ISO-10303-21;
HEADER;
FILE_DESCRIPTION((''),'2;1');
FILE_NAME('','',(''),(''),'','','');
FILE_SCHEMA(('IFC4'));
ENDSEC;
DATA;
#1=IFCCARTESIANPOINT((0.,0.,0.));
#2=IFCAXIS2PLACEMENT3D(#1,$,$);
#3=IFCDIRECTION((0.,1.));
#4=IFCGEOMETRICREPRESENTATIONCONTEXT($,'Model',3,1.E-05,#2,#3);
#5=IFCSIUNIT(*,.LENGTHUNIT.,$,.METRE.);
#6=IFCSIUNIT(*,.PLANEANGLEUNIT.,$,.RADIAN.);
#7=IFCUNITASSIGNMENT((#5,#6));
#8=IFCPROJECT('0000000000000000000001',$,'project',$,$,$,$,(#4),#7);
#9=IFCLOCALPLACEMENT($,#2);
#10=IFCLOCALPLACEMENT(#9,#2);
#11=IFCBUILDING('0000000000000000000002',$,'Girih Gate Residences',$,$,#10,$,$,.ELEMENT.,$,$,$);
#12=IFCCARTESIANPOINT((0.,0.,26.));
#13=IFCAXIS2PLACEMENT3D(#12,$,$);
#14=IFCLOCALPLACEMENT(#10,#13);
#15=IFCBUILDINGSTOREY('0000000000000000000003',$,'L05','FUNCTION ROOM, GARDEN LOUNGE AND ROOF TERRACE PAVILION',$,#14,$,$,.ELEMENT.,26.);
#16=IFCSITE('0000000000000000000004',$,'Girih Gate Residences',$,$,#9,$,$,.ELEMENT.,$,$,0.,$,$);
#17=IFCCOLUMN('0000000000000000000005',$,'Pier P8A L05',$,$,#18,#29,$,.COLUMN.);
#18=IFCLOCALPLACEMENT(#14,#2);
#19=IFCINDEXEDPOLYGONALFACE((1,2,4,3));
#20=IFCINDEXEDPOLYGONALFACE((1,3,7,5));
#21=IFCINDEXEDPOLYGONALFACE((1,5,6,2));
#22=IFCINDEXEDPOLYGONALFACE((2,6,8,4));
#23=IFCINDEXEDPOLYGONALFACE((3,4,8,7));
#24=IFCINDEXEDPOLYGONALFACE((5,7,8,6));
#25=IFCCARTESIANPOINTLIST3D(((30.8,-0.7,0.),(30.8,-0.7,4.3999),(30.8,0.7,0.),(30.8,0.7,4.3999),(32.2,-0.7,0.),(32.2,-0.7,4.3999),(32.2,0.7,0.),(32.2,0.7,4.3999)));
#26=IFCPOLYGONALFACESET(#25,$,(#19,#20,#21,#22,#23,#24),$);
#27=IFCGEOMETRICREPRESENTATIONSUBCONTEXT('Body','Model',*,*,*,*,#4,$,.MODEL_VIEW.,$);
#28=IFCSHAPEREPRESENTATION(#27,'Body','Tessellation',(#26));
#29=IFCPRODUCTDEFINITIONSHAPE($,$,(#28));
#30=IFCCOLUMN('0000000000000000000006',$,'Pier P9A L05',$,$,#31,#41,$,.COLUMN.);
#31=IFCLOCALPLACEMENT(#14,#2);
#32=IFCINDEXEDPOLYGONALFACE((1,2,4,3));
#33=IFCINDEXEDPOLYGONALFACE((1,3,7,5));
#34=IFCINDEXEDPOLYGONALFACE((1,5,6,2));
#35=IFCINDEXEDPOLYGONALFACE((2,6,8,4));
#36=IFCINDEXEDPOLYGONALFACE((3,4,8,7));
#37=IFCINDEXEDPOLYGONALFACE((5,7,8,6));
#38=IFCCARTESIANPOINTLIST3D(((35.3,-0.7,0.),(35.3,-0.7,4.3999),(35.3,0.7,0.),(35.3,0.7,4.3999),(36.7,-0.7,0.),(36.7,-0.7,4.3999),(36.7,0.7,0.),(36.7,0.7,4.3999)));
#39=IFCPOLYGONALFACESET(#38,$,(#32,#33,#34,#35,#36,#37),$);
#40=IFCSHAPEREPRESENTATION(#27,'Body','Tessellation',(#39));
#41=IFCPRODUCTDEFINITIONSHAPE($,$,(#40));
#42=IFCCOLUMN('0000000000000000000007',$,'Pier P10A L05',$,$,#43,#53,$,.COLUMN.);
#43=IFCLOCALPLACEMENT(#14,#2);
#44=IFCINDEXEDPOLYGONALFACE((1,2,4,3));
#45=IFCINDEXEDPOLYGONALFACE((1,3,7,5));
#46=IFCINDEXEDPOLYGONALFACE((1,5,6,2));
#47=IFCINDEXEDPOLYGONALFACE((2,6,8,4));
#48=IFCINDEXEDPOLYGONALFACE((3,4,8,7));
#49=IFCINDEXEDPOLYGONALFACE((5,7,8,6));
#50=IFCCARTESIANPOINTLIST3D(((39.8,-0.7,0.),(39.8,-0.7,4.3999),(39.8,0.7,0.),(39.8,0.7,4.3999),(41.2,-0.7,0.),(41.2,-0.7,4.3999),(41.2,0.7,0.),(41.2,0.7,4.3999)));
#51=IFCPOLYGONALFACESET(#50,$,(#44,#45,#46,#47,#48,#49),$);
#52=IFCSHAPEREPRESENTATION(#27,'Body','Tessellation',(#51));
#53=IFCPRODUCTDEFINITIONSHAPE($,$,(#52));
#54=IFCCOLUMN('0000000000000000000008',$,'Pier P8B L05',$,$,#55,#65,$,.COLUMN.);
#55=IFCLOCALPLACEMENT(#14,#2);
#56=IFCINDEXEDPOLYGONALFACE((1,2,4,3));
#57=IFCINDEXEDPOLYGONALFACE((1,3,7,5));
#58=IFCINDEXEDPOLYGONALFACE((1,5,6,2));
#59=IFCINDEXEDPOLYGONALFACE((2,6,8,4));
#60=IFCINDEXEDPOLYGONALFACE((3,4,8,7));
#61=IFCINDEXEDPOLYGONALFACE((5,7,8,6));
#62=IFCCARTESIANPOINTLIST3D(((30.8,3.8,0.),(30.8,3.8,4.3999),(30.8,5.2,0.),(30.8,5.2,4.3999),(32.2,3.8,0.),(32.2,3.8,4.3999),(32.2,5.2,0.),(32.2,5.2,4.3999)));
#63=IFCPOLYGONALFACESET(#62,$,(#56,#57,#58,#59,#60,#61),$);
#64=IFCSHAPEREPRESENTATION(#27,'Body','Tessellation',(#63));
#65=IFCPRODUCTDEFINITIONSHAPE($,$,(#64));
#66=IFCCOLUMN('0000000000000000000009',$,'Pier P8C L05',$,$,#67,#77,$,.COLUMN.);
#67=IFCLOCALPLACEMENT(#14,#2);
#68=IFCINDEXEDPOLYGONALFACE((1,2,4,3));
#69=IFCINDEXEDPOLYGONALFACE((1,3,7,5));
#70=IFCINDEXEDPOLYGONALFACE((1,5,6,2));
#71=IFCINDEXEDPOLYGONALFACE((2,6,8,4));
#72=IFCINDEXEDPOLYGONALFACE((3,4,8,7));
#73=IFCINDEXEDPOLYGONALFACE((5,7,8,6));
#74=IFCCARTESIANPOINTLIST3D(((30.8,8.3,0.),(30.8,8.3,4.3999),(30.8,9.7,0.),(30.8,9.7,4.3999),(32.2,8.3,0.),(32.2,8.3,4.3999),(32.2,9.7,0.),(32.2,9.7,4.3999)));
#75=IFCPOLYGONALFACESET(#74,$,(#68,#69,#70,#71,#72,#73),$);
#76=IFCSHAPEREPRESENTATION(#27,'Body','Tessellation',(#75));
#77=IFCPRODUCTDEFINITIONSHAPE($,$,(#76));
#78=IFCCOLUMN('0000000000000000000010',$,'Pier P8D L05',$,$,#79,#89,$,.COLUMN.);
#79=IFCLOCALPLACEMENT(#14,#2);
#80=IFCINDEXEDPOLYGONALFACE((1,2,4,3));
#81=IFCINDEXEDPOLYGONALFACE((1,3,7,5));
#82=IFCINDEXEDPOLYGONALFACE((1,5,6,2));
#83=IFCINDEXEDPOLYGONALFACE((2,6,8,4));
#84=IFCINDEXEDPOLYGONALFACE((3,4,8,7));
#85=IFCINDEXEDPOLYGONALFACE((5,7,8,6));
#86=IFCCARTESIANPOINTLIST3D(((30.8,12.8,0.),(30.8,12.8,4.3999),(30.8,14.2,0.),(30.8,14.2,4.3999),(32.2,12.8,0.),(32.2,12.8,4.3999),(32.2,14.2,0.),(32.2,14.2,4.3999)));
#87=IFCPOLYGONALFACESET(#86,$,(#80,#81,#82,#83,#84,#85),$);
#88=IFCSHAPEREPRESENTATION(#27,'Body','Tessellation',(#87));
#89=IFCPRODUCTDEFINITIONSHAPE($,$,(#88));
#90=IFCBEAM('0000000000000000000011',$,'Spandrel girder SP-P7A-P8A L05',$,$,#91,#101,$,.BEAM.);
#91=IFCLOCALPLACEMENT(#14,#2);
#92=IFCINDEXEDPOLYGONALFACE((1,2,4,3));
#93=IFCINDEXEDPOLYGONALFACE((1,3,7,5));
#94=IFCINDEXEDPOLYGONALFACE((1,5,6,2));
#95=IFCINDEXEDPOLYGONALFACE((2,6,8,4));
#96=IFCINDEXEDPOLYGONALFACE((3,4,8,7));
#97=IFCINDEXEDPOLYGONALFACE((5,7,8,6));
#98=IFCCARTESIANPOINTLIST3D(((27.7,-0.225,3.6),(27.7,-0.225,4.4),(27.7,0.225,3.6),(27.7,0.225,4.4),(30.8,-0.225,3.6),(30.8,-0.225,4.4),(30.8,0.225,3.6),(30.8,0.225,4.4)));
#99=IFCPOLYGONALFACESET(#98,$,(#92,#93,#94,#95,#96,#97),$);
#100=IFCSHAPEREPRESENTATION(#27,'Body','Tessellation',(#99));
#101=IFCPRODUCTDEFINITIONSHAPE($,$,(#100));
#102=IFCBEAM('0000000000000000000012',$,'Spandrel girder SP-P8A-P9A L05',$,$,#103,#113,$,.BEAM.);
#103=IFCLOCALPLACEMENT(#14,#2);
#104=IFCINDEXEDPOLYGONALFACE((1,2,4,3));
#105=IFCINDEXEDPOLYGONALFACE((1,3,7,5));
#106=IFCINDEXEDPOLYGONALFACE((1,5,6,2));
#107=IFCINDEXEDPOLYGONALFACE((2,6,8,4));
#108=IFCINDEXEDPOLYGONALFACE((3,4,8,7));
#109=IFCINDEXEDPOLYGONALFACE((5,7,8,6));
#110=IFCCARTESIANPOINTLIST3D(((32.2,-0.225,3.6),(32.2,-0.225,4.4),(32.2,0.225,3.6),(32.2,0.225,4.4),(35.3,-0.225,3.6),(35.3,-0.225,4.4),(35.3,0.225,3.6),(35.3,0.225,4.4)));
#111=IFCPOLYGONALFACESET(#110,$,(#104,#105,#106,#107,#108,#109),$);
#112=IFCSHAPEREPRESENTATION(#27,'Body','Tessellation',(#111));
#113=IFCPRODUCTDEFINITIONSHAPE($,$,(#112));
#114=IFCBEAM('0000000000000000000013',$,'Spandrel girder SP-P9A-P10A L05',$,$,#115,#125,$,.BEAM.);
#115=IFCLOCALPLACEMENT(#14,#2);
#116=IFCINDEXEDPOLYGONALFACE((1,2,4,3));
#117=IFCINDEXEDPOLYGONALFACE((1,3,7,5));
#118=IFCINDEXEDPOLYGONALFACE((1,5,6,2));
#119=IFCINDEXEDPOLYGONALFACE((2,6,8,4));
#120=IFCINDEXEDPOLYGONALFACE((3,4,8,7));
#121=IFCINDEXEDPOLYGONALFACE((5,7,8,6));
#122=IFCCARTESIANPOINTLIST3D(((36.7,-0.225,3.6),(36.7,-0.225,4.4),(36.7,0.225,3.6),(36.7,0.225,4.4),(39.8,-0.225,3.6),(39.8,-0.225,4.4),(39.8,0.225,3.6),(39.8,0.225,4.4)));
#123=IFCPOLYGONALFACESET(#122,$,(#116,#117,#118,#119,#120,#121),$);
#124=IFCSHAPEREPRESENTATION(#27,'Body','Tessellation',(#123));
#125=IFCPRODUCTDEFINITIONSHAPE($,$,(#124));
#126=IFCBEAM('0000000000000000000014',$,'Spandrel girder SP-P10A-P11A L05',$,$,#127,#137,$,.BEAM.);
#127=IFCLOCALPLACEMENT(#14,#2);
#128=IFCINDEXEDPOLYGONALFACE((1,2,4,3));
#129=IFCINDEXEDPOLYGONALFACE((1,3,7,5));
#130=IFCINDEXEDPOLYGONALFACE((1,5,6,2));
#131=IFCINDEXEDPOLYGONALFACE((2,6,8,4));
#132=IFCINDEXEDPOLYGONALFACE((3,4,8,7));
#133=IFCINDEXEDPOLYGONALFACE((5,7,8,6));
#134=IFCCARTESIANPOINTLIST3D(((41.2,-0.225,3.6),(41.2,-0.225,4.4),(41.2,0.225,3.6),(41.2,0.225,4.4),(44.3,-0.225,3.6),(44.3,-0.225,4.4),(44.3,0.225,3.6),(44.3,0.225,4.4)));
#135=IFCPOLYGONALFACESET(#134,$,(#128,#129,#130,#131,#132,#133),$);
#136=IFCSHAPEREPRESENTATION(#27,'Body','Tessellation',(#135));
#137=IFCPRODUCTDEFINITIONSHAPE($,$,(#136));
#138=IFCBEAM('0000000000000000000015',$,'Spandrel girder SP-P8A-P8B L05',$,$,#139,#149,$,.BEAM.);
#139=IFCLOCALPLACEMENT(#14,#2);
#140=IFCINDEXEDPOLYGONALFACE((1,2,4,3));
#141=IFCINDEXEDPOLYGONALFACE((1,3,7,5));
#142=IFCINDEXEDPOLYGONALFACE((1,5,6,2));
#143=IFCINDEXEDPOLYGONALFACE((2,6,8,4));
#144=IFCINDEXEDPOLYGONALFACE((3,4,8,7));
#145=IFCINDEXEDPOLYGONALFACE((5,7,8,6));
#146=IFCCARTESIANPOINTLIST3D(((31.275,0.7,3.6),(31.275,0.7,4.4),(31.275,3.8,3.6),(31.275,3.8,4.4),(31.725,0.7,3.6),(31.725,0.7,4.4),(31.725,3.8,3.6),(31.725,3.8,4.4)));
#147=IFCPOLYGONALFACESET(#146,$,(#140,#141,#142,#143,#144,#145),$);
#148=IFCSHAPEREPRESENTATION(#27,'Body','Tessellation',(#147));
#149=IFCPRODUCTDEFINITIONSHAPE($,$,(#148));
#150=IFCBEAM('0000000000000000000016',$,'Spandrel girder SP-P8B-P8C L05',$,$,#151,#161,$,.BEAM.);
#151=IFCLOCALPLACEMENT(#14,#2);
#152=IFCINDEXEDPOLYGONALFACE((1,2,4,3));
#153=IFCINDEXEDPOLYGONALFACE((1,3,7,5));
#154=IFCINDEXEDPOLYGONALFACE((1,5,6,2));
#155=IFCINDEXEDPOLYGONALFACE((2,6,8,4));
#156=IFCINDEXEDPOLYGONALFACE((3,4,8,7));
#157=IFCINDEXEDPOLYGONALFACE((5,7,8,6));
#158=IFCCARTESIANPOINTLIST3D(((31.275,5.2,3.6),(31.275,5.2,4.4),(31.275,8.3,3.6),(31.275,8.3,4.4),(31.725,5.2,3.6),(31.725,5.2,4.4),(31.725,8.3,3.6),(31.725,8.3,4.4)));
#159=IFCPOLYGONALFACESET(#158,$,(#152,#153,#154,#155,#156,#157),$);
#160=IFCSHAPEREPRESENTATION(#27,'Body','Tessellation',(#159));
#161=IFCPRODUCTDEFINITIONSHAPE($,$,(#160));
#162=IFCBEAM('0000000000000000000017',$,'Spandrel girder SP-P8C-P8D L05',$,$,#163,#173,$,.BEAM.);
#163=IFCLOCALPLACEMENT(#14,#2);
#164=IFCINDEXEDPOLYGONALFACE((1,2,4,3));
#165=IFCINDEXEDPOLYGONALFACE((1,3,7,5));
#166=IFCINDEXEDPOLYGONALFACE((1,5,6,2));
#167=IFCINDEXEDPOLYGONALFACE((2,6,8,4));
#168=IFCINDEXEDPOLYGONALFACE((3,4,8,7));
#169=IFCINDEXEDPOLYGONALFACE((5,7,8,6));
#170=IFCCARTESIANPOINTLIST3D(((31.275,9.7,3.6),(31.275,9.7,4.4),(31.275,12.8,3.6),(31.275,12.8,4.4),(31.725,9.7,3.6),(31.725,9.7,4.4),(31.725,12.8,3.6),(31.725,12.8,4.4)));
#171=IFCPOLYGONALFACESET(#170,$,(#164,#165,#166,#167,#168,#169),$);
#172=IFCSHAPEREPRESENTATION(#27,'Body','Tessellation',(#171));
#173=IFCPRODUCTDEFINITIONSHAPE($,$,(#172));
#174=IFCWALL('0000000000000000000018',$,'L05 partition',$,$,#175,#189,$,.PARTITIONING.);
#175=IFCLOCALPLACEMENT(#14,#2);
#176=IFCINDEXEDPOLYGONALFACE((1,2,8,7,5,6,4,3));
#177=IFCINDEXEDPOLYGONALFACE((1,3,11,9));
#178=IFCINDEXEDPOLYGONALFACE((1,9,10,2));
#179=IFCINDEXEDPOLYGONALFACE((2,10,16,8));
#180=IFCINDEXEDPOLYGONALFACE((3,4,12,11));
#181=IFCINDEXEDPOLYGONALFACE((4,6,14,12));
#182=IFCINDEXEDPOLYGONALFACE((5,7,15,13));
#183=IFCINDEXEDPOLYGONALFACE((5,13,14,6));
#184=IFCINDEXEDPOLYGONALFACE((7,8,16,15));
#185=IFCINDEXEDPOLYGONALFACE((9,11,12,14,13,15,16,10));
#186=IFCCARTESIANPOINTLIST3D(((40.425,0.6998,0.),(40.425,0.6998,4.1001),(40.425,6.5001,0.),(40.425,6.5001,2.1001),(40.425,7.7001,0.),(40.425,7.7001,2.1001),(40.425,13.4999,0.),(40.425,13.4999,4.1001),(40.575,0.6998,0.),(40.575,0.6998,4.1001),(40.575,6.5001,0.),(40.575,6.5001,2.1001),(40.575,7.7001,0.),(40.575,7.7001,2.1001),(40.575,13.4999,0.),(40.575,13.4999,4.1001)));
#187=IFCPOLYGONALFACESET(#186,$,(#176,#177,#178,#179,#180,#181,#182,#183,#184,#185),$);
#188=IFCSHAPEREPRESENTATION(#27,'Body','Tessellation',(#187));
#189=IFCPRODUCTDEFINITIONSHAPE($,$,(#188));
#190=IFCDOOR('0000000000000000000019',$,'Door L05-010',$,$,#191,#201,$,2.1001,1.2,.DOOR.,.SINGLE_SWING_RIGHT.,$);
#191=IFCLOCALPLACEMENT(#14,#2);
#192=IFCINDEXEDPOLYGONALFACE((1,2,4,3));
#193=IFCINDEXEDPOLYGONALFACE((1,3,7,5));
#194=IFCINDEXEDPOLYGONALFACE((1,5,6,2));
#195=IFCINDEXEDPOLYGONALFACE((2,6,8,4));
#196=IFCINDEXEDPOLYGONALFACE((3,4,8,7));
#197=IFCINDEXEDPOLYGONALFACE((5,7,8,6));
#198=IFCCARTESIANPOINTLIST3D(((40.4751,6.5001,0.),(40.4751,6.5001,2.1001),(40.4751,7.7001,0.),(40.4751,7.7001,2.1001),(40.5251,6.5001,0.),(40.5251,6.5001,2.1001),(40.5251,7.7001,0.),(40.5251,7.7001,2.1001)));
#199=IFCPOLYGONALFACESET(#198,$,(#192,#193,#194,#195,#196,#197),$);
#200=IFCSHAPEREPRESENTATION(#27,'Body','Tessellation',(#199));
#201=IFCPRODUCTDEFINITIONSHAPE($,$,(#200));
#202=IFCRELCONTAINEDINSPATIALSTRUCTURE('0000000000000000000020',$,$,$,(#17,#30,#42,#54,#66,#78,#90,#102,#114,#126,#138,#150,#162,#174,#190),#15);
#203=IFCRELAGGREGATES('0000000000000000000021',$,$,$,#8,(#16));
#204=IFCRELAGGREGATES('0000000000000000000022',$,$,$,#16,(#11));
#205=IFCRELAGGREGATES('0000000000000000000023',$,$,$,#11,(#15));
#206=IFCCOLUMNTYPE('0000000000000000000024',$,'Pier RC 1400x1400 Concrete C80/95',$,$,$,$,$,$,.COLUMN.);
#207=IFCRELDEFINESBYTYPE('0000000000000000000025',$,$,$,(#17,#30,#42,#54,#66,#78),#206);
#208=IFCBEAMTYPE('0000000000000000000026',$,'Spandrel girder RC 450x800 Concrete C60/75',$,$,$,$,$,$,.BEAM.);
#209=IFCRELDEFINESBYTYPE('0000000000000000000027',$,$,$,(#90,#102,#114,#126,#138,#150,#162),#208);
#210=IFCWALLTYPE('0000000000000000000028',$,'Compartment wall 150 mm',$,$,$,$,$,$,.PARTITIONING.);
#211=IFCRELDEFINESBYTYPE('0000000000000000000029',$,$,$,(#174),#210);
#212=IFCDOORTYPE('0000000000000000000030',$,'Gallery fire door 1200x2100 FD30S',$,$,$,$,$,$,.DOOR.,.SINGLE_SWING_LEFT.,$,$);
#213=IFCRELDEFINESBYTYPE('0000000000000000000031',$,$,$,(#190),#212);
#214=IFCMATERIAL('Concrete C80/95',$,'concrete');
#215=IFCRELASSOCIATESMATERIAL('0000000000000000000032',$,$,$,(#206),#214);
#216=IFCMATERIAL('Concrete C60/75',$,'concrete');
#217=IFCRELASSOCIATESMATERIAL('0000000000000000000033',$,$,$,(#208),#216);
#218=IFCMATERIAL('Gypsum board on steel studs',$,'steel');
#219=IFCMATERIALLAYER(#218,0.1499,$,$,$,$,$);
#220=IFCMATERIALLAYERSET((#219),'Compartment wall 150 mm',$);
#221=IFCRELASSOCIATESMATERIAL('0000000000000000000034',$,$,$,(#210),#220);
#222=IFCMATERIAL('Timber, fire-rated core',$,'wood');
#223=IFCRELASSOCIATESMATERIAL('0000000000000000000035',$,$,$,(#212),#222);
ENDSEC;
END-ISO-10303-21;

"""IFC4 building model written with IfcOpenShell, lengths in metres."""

from ifc_helpers import new_model, si_unit, direction, frame, frame_2d, origin, origin_2d, place, context, subcontext, project, spatial, rectangle, extrude, material, layer, layer_set, material_profile, profile_set, type_object, element, fill, save


model = new_model("IFC4")

# Units and contexts
model_context = context("Model", 3, precision=1e-05, world=origin(), true_north=direction((0.0, 1.0)))
body_context = subcontext(model_context, "Body", "Model", "MODEL_VIEW")
ifc_project = project(units=[si_unit("LENGTHUNIT", "METRE"), si_unit("PLANEANGLEUNIT", "RADIAN")], contexts=[model_context])

# Site, building, storey
site_placement = place(None, origin())
site = spatial("IfcSite", under=ifc_project, at=site_placement, Name="Girih Gate Residences", CompositionType="ELEMENT", RefElevation=0.0)
building_placement = place(site_placement, origin())
building = spatial("IfcBuilding", under=site, at=building_placement, Name="Girih Gate Residences", CompositionType="ELEMENT")
storey_placement = place(building_placement, frame((0.0, 0.0, 26.0)))
storey = spatial("IfcBuildingStorey", under=building, at=storey_placement, Name="L05", Description="FUNCTION ROOM, GARDEN LOUNGE AND ROOF TERRACE PAVILION", CompositionType="ELEMENT", Elevation=26.0)

# Columns
ifc_material_1 = material(Name="Concrete C80/95", Category="concrete")
ifc_material_profile_1 = material_profile(ifc_material_1, rectangle(XDim=1.3999, YDim=1.3999, at=origin_2d()))
ifc_profile_set_1 = profile_set([ifc_material_profile_1], Name="Concrete C80/95")
column_type = type_object("IfcColumnType", Name="Pier RC 1400x1400 Concrete C80/95", PredefinedType="COLUMN", material=ifc_profile_set_1)
for number, where, z_axis, x_axis, name in (
    (1, (31.5, 0.0, 0.0), (0.0, 0.0, 1.0), (1.0, 0.0, 0.0), "Pier P8A L05"),
    (2, (36.0, 0.0, 0.0), (0.0, 0.0, 1.0), (1.0, 0.0, 0.0), "Pier P9A L05"),
    (3, (40.5, 0.0, 0.0), (0.0, 0.0, 1.0), (1.0, 0.0, 0.0), "Pier P10A L05"),
    (4, (31.5, 4.5, 0.0), (0.0, 0.0, 1.0), (1.0, 0.0, 0.0), "Pier P8B L05"),
    (5, (31.5, 9.0, 0.0), (0.0, 0.0, 1.0), (1.0, 0.0, 0.0), "Pier P8C L05"),
    (6, (31.5, 13.5, 0.0), (0.0, 0.0, 1.0), (1.0, 0.0, 0.0), "Pier P8D L05"),
):
    element("IfcColumn", number, at=place(storey_placement, frame(where, z_axis=z_axis, x_axis=x_axis)), inside=storey, type_object=column_type, Name=name, PredefinedType="COLUMN", context=body_context, shape_type="SweptSolid", body=[
        extrude(rectangle(XDim=1.3999, YDim=1.3999, at=origin_2d()), origin(), (0.0, 0.0, 1.0), 4.3999),
    ])

# Beams
ifc_material_2 = material(Name="Concrete C60/75", Category="concrete")
ifc_material_profile_2 = material_profile(ifc_material_2, rectangle(XDim=0.45, YDim=0.8, at=origin_2d()))
ifc_profile_set_2 = profile_set([ifc_material_profile_2], Name="Concrete C60/75")
beam_type = type_object("IfcBeamType", Name="Spandrel girder RC 450x800 Concrete C60/75", PredefinedType="BEAM", material=ifc_profile_set_2)
for number, where, z_axis, x_axis, name in (
    (7, (27.7, 0.0, 4.0), (1.0, 0.0, 0.0), (0.0, 1.0, 0.0), "Spandrel girder SP-P7A-P8A L05"),
    (8, (32.2, 0.0, 4.0), (1.0, 0.0, 0.0), (0.0, 1.0, 0.0), "Spandrel girder SP-P8A-P9A L05"),
    (9, (36.7, 0.0, 4.0), (1.0, 0.0, 0.0), (0.0, 1.0, 0.0), "Spandrel girder SP-P9A-P10A L05"),
    (10, (41.2, 0.0, 4.0), (1.0, 0.0, 0.0), (0.0, 1.0, 0.0), "Spandrel girder SP-P10A-P11A L05"),
    (11, (31.5, 0.7, 4.0), (0.0, 1.0, 0.0), (-1.0, 0.0, 0.0), "Spandrel girder SP-P8A-P8B L05"),
    (12, (31.5, 5.2, 4.0), (0.0, 1.0, 0.0), (-1.0, 0.0, 0.0), "Spandrel girder SP-P8B-P8C L05"),
    (13, (31.5, 9.7, 4.0), (0.0, 1.0, 0.0), (-1.0, 0.0, 0.0), "Spandrel girder SP-P8C-P8D L05"),
):
    element("IfcBeam", number, at=place(storey_placement, frame(where, z_axis=z_axis, x_axis=x_axis)), inside=storey, type_object=beam_type, Name=name, PredefinedType="BEAM", context=body_context, shape_type="SweptSolid", body=[
        extrude(rectangle(XDim=0.45, YDim=0.8, at=origin_2d()), origin(), (0.0, 0.0, 1.0), 3.1001),
    ])

# Wall, opening, door
ifc_material_3 = material(Name="Gypsum board on steel studs", Category="steel")
ifc_layer_1 = layer(ifc_material_3, 0.1499)
ifc_layer_set_1 = layer_set([ifc_layer_1], Name="Compartment wall 150 mm")
wall_type_1 = type_object("IfcWallType", Name="Compartment wall 150 mm", PredefinedType="PARTITIONING", material=ifc_layer_set_1)
wall_1_placement = place(storey_placement, frame((40.5, 0.7, 0.0), z_axis=(0.0, 0.0, 1.0), x_axis=(0.0, 1.0, 0.0)))
wall_1 = element("IfcWall", 14, at=wall_1_placement, inside=storey, type_object=wall_type_1, Name="L05 partition", PredefinedType="PARTITIONING", context=body_context, shape_type="SweptSolid", body=[
    extrude(rectangle(XDim=12.8, YDim=0.1499, at=frame_2d((6.3999, 0.0))), origin(), (0.0, 0.0, 1.0), 4.1001),
])
opening_1_placement = place(wall_1_placement, frame((5.8, 0.0, 0.0)))
opening_1 = element("IfcOpeningElement", 15, at=opening_1_placement, cuts=wall_1, PredefinedType="OPENING", context=body_context, shape_type="SweptSolid", body=[
    extrude(rectangle(XDim=1.2, YDim=2.1001, at=frame_2d((0.6001, 1.05))), frame((0.0, 0.085, 0.0), z_axis=(0.0, -1.0, 0.0), x_axis=(1.0, 0.0, 0.0)), (0.0, 0.0, 1.0), 0.1699),
])
ifc_material_4 = material(Name="Timber, fire-rated core", Category="wood")
door_type_1 = type_object("IfcDoorType", Name="Gallery fire door 1200x2100 FD30S", OperationType="SINGLE_SWING_LEFT", PredefinedType="DOOR", material=ifc_material_4)
door_1_placement = place(opening_1_placement, origin())
door_1 = element("IfcDoor", 16, at=door_1_placement, inside=storey, type_object=door_type_1, Name="Door L05-010", OperationType="SINGLE_SWING_RIGHT", OverallHeight=2.1001, OverallWidth=1.2, PredefinedType="DOOR", context=body_context, shape_type="SweptSolid", body=[
    extrude(rectangle(XDim=1.2, YDim=2.1001, at=frame_2d((0.6001, 1.05))), frame((0.0, 0.0249, 0.0), z_axis=(0.0, -1.0, 0.0), x_axis=(1.0, 0.0, 0.0)), (0.0, 0.0, 1.0), 0.05),
])
fill(opening_1, door_1)

save(model, "model.ifc")
